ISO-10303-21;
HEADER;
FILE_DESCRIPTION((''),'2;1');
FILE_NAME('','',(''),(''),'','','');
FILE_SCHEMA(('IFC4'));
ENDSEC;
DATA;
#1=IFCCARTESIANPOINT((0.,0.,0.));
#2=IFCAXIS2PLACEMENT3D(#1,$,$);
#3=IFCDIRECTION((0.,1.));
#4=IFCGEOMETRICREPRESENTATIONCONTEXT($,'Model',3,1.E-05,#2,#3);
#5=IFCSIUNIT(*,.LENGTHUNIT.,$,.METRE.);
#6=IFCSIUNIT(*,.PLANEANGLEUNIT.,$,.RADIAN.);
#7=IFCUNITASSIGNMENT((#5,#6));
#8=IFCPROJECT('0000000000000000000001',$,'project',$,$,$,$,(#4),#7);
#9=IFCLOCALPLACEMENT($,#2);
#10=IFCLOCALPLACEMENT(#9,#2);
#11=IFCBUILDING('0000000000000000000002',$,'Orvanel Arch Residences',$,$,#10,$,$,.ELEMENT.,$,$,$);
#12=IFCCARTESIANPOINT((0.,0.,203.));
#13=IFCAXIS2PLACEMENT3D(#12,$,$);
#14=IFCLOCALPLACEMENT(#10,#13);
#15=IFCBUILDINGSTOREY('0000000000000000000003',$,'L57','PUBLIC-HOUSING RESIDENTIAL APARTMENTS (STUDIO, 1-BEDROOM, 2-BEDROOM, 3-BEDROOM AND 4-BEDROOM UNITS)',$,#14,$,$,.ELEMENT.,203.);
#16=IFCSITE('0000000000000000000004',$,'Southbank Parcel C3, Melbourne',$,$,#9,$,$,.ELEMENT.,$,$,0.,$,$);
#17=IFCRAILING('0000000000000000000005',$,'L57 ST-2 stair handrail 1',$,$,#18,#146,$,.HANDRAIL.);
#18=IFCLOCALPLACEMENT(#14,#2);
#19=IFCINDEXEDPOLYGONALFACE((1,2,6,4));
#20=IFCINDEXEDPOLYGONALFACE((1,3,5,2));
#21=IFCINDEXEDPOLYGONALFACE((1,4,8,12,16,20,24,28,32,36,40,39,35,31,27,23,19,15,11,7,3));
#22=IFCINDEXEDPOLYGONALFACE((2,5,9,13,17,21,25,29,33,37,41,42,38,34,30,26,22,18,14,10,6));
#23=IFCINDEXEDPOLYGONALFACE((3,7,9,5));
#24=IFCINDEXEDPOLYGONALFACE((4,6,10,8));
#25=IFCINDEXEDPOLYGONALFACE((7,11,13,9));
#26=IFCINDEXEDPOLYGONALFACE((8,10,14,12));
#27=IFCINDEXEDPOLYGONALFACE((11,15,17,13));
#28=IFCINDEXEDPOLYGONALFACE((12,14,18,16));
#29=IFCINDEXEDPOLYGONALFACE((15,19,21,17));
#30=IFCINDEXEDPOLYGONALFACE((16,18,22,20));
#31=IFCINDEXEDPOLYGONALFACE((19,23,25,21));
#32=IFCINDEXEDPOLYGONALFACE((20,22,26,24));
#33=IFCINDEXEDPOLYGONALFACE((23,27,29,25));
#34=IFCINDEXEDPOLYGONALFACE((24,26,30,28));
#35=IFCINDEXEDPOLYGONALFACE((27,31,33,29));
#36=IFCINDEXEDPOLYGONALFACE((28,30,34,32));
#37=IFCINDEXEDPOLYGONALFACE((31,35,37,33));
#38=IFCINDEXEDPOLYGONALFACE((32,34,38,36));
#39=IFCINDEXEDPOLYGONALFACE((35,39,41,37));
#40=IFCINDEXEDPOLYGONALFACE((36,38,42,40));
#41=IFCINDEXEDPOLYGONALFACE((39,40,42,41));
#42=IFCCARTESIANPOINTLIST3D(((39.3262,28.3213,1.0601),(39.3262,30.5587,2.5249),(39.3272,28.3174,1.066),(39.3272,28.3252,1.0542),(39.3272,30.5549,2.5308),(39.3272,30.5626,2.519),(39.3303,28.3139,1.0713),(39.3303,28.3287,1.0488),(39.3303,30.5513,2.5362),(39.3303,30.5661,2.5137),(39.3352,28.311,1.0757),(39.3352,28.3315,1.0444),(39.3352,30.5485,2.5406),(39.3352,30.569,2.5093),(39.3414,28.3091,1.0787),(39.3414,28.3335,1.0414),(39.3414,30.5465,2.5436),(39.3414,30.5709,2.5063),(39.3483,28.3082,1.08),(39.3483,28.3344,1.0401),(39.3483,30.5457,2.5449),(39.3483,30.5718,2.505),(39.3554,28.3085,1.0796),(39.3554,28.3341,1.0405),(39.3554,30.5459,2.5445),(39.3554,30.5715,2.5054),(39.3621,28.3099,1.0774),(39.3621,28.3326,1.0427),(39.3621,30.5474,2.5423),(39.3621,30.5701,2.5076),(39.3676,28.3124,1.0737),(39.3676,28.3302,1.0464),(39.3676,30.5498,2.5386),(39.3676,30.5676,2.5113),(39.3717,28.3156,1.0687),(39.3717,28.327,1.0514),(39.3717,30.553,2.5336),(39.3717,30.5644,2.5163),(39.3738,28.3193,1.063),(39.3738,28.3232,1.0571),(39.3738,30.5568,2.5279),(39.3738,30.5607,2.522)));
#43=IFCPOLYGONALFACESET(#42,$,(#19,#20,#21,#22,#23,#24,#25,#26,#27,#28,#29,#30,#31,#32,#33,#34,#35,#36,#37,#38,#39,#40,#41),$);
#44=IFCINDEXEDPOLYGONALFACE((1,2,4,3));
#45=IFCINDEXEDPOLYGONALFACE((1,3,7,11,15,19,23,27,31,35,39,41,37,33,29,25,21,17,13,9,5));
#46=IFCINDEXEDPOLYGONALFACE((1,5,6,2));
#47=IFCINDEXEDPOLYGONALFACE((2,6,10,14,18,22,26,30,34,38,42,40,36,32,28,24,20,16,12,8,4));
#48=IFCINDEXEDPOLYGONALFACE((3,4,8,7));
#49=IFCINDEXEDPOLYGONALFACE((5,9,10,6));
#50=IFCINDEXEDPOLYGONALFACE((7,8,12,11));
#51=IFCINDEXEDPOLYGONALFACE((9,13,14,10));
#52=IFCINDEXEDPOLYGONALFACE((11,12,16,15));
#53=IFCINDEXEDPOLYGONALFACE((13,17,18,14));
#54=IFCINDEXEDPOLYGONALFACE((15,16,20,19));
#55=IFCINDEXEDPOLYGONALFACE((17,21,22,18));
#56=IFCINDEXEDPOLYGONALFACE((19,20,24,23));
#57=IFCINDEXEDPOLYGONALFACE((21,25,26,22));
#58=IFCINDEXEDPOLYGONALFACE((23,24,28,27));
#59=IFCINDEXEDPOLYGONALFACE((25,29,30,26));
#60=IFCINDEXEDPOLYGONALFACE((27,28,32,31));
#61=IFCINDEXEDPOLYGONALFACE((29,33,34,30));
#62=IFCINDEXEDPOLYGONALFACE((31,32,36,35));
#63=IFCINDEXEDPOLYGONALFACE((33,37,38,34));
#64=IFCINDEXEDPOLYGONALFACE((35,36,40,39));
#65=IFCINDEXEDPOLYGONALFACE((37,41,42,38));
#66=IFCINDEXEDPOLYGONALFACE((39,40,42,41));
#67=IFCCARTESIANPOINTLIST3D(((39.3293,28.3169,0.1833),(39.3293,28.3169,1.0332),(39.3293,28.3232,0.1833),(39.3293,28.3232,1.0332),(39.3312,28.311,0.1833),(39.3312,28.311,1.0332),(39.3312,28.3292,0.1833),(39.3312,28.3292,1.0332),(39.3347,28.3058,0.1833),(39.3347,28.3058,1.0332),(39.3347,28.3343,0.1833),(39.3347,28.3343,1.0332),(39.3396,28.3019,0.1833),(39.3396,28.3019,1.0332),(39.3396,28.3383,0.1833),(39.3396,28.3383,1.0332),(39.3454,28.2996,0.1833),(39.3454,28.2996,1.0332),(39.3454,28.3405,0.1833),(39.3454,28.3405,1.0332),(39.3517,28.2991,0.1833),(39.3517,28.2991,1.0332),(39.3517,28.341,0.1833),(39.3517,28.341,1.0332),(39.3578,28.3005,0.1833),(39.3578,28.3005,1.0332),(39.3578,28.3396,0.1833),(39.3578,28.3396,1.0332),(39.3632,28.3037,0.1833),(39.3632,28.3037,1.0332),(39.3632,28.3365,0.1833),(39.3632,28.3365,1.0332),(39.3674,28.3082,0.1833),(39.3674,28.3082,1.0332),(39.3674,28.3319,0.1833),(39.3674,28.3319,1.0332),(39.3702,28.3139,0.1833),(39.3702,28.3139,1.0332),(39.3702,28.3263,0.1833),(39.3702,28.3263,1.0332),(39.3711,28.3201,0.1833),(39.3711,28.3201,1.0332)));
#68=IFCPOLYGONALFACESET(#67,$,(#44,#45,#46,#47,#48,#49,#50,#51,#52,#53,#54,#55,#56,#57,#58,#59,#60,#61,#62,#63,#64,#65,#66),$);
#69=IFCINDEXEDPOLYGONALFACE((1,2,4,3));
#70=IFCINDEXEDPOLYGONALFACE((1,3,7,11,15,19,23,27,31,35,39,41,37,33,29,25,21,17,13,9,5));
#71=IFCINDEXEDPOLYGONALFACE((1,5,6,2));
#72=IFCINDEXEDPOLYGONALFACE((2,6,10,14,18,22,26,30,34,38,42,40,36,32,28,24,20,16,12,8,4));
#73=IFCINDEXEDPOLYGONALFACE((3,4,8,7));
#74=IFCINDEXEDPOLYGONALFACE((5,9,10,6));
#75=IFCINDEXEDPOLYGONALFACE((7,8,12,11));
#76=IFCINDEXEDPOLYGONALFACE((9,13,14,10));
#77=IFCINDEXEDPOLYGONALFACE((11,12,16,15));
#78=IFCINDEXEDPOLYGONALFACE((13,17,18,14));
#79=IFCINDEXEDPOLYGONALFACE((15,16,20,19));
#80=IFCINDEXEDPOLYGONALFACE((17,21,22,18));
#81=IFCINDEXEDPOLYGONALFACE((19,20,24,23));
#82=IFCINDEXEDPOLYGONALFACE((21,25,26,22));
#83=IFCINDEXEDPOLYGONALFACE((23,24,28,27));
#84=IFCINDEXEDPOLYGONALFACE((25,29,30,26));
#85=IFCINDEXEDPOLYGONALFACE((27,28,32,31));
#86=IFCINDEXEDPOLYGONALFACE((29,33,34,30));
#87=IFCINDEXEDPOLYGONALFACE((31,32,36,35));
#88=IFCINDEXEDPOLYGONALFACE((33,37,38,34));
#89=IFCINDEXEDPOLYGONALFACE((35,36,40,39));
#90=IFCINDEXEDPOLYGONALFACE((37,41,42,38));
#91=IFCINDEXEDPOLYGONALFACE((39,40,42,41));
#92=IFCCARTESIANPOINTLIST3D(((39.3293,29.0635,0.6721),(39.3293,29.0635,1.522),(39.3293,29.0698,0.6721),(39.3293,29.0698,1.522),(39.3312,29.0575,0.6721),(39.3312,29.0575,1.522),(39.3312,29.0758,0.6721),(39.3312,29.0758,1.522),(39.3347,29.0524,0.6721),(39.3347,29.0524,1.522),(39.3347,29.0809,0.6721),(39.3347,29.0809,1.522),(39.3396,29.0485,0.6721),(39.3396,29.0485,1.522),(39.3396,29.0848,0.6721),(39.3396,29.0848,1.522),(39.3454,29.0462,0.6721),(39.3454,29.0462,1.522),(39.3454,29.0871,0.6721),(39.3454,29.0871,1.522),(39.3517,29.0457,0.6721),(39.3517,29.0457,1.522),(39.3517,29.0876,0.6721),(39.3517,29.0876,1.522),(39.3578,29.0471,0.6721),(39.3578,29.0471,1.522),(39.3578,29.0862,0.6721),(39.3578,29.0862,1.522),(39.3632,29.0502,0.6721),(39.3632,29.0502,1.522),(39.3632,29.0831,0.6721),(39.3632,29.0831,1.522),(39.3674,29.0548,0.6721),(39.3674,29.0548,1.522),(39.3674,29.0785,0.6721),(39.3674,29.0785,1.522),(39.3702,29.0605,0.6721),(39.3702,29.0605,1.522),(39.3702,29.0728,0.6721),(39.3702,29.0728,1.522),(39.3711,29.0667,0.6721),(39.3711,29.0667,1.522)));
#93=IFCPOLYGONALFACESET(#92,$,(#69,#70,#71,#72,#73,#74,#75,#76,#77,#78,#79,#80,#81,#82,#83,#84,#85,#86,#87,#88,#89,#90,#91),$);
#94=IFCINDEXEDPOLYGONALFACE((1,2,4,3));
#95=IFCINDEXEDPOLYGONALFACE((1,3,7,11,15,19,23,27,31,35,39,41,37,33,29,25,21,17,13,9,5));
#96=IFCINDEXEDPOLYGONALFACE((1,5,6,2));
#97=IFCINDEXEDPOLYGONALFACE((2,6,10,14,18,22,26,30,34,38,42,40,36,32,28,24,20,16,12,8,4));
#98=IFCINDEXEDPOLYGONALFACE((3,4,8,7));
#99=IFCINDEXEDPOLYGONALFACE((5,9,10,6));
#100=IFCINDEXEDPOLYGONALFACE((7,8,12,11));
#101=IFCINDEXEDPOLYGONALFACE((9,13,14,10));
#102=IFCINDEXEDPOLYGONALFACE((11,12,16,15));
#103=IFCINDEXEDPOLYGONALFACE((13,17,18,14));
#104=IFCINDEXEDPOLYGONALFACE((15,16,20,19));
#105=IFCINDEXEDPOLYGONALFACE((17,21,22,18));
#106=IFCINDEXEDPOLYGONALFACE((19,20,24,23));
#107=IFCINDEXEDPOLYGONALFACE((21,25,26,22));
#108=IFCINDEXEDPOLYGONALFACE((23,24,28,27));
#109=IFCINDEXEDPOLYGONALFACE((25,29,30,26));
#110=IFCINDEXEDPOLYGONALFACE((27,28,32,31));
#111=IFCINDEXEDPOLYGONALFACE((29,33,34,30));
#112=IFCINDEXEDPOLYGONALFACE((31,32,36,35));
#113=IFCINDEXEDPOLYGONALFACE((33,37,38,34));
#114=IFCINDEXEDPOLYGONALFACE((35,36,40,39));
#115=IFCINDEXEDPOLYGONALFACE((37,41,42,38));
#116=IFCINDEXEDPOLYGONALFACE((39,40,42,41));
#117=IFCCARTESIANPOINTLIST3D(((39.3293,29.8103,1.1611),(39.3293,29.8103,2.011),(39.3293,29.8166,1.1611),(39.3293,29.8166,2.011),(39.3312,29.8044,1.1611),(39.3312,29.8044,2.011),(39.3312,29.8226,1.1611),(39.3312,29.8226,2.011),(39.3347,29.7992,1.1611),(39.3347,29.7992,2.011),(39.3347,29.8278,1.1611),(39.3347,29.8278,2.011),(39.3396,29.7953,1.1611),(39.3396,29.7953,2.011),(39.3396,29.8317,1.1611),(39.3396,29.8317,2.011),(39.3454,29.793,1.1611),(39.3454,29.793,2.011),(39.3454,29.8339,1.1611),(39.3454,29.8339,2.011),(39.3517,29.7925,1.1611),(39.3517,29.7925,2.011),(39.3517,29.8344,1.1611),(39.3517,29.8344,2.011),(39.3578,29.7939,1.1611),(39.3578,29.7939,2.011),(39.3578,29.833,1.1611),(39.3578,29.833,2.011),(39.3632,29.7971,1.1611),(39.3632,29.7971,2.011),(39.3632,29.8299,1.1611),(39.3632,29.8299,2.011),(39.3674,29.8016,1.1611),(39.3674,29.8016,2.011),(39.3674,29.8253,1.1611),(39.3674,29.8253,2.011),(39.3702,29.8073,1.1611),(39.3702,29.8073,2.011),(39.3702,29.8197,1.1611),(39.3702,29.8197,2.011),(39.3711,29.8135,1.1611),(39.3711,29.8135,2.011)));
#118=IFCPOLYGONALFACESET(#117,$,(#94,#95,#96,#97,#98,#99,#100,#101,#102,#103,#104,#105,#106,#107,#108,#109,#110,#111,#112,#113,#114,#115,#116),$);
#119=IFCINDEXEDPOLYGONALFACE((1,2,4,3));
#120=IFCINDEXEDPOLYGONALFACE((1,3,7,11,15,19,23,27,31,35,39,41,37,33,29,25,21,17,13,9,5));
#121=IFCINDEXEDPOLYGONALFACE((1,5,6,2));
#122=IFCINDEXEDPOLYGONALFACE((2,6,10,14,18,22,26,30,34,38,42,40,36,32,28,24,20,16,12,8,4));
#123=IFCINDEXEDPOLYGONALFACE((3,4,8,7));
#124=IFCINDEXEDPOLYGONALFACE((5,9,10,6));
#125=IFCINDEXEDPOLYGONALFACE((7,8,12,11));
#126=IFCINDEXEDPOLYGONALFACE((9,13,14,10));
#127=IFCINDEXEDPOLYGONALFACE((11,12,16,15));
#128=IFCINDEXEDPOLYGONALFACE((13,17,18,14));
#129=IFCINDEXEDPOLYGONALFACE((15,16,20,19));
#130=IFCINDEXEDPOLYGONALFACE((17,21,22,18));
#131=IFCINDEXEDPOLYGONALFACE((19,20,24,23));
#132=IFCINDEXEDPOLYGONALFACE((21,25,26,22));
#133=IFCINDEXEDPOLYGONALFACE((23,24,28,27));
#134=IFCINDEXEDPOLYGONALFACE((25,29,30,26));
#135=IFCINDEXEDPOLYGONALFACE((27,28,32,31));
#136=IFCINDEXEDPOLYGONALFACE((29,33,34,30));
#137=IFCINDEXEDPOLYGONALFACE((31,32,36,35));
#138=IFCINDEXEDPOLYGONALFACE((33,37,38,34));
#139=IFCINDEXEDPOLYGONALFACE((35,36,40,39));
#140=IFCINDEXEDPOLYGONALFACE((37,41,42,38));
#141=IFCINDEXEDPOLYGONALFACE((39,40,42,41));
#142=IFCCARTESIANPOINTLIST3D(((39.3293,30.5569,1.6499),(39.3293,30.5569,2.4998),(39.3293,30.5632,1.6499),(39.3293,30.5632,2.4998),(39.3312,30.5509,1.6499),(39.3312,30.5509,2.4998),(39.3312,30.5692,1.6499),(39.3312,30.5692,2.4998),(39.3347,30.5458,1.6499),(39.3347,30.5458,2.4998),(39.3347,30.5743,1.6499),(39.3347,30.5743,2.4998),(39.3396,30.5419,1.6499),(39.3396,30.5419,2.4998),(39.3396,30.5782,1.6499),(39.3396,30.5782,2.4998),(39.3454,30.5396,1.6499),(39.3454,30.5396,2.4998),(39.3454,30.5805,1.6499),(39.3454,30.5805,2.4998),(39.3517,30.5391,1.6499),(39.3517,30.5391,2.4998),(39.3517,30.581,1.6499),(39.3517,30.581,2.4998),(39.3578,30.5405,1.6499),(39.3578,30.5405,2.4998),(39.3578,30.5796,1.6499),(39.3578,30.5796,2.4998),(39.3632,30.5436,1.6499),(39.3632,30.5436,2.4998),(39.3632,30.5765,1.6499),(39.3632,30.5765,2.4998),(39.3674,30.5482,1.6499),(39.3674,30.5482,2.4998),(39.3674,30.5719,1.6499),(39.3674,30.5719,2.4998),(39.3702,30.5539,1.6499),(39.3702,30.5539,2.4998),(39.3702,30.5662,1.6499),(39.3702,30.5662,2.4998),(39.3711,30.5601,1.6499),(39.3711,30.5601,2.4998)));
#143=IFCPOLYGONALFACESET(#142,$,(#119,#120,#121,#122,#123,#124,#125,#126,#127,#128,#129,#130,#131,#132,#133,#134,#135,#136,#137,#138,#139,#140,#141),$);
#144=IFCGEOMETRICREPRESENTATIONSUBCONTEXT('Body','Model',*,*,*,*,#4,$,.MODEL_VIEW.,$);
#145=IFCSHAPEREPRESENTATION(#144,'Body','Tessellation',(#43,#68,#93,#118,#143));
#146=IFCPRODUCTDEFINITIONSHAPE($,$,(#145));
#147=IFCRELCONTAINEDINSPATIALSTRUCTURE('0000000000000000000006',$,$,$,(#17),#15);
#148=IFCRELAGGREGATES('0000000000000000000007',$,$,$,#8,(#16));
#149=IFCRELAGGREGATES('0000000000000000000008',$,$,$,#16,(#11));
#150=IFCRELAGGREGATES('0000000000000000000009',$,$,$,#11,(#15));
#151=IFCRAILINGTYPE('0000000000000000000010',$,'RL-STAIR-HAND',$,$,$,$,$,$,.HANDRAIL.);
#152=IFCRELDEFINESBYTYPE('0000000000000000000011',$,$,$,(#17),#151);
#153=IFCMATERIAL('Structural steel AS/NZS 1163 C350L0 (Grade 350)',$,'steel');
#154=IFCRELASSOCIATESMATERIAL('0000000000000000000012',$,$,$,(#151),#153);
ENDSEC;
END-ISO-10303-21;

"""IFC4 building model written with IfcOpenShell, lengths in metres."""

from ifc_helpers import new_model, si_unit, direction, frame, origin, origin_2d, place, context, subcontext, project, spatial, circle, extrude, material, type_object, element, save


model = new_model("IFC4")

# Units and contexts
model_context = context("Model", 3, precision=1e-05, world=origin(), true_north=direction((0.0, 1.0)))
body_context = subcontext(model_context, "Body", "Model", "MODEL_VIEW")
ifc_project = project(units=[si_unit("LENGTHUNIT", "METRE"), si_unit("PLANEANGLEUNIT", "RADIAN")], contexts=[model_context])

# Site, building, storey
site_placement = place(None, origin())
site = spatial("IfcSite", under=ifc_project, at=site_placement, Name="Southbank Parcel C3, Melbourne", CompositionType="ELEMENT", RefElevation=0.0)
building_placement = place(site_placement, origin())
building = spatial("IfcBuilding", under=site, at=building_placement, Name="Orvanel Arch Residences", CompositionType="ELEMENT")
storey_placement = place(building_placement, frame((0.0, 0.0, 203.0)))
storey = spatial("IfcBuildingStorey", under=building, at=storey_placement, Name="L57", Description="PUBLIC-HOUSING RESIDENTIAL APARTMENTS (STUDIO, 1-BEDROOM, 2-BEDROOM, 3-BEDROOM AND 4-BEDROOM UNITS)", CompositionType="ELEMENT", Elevation=203.0)

# Railing
ifc_material_1 = material(Name="Structural steel AS/NZS 1163 C350L0 (Grade 350)", Category="steel")
railing_type_1 = type_object("IfcRailingType", Name="RL-STAIR-HAND", PredefinedType="HANDRAIL", material=ifc_material_1)
railing_1_placement = place(storey_placement, frame((39.3501, 28.3201, 0.1833)))
element("IfcRailing", 1, at=railing_1_placement, inside=storey, type_object=railing_type_1, Name="L57 ST-2 stair handrail 1", PredefinedType="HANDRAIL", context=body_context, shape_type="SweptSolid", body=[
    extrude(circle(Radius=0.0239, at=origin_2d()), frame((0.0, 0.0012, 0.8767), z_axis=(0.0, 0.836637, 0.547758), x_axis=(-1.0, 0.0, 0.0)), (0.0, 0.0, 1.0), 2.6743),
    extrude(circle(Radius=0.021, at=origin_2d()), origin(), (0.0, 0.0, 1.0), 0.8499),
    extrude(circle(Radius=0.021, at=origin_2d()), frame((0.0, 0.7466, 0.4888)), (0.0, 0.0, 1.0), 0.8499),
    extrude(circle(Radius=0.021, at=origin_2d()), frame((0.0, 1.4934, 0.9778)), (0.0, 0.0, 1.0), 0.8499),
    extrude(circle(Radius=0.021, at=origin_2d()), frame((0.0, 2.24, 1.4666)), (0.0, 0.0, 1.0), 0.8499),
])

save(model, "model.ifc")
